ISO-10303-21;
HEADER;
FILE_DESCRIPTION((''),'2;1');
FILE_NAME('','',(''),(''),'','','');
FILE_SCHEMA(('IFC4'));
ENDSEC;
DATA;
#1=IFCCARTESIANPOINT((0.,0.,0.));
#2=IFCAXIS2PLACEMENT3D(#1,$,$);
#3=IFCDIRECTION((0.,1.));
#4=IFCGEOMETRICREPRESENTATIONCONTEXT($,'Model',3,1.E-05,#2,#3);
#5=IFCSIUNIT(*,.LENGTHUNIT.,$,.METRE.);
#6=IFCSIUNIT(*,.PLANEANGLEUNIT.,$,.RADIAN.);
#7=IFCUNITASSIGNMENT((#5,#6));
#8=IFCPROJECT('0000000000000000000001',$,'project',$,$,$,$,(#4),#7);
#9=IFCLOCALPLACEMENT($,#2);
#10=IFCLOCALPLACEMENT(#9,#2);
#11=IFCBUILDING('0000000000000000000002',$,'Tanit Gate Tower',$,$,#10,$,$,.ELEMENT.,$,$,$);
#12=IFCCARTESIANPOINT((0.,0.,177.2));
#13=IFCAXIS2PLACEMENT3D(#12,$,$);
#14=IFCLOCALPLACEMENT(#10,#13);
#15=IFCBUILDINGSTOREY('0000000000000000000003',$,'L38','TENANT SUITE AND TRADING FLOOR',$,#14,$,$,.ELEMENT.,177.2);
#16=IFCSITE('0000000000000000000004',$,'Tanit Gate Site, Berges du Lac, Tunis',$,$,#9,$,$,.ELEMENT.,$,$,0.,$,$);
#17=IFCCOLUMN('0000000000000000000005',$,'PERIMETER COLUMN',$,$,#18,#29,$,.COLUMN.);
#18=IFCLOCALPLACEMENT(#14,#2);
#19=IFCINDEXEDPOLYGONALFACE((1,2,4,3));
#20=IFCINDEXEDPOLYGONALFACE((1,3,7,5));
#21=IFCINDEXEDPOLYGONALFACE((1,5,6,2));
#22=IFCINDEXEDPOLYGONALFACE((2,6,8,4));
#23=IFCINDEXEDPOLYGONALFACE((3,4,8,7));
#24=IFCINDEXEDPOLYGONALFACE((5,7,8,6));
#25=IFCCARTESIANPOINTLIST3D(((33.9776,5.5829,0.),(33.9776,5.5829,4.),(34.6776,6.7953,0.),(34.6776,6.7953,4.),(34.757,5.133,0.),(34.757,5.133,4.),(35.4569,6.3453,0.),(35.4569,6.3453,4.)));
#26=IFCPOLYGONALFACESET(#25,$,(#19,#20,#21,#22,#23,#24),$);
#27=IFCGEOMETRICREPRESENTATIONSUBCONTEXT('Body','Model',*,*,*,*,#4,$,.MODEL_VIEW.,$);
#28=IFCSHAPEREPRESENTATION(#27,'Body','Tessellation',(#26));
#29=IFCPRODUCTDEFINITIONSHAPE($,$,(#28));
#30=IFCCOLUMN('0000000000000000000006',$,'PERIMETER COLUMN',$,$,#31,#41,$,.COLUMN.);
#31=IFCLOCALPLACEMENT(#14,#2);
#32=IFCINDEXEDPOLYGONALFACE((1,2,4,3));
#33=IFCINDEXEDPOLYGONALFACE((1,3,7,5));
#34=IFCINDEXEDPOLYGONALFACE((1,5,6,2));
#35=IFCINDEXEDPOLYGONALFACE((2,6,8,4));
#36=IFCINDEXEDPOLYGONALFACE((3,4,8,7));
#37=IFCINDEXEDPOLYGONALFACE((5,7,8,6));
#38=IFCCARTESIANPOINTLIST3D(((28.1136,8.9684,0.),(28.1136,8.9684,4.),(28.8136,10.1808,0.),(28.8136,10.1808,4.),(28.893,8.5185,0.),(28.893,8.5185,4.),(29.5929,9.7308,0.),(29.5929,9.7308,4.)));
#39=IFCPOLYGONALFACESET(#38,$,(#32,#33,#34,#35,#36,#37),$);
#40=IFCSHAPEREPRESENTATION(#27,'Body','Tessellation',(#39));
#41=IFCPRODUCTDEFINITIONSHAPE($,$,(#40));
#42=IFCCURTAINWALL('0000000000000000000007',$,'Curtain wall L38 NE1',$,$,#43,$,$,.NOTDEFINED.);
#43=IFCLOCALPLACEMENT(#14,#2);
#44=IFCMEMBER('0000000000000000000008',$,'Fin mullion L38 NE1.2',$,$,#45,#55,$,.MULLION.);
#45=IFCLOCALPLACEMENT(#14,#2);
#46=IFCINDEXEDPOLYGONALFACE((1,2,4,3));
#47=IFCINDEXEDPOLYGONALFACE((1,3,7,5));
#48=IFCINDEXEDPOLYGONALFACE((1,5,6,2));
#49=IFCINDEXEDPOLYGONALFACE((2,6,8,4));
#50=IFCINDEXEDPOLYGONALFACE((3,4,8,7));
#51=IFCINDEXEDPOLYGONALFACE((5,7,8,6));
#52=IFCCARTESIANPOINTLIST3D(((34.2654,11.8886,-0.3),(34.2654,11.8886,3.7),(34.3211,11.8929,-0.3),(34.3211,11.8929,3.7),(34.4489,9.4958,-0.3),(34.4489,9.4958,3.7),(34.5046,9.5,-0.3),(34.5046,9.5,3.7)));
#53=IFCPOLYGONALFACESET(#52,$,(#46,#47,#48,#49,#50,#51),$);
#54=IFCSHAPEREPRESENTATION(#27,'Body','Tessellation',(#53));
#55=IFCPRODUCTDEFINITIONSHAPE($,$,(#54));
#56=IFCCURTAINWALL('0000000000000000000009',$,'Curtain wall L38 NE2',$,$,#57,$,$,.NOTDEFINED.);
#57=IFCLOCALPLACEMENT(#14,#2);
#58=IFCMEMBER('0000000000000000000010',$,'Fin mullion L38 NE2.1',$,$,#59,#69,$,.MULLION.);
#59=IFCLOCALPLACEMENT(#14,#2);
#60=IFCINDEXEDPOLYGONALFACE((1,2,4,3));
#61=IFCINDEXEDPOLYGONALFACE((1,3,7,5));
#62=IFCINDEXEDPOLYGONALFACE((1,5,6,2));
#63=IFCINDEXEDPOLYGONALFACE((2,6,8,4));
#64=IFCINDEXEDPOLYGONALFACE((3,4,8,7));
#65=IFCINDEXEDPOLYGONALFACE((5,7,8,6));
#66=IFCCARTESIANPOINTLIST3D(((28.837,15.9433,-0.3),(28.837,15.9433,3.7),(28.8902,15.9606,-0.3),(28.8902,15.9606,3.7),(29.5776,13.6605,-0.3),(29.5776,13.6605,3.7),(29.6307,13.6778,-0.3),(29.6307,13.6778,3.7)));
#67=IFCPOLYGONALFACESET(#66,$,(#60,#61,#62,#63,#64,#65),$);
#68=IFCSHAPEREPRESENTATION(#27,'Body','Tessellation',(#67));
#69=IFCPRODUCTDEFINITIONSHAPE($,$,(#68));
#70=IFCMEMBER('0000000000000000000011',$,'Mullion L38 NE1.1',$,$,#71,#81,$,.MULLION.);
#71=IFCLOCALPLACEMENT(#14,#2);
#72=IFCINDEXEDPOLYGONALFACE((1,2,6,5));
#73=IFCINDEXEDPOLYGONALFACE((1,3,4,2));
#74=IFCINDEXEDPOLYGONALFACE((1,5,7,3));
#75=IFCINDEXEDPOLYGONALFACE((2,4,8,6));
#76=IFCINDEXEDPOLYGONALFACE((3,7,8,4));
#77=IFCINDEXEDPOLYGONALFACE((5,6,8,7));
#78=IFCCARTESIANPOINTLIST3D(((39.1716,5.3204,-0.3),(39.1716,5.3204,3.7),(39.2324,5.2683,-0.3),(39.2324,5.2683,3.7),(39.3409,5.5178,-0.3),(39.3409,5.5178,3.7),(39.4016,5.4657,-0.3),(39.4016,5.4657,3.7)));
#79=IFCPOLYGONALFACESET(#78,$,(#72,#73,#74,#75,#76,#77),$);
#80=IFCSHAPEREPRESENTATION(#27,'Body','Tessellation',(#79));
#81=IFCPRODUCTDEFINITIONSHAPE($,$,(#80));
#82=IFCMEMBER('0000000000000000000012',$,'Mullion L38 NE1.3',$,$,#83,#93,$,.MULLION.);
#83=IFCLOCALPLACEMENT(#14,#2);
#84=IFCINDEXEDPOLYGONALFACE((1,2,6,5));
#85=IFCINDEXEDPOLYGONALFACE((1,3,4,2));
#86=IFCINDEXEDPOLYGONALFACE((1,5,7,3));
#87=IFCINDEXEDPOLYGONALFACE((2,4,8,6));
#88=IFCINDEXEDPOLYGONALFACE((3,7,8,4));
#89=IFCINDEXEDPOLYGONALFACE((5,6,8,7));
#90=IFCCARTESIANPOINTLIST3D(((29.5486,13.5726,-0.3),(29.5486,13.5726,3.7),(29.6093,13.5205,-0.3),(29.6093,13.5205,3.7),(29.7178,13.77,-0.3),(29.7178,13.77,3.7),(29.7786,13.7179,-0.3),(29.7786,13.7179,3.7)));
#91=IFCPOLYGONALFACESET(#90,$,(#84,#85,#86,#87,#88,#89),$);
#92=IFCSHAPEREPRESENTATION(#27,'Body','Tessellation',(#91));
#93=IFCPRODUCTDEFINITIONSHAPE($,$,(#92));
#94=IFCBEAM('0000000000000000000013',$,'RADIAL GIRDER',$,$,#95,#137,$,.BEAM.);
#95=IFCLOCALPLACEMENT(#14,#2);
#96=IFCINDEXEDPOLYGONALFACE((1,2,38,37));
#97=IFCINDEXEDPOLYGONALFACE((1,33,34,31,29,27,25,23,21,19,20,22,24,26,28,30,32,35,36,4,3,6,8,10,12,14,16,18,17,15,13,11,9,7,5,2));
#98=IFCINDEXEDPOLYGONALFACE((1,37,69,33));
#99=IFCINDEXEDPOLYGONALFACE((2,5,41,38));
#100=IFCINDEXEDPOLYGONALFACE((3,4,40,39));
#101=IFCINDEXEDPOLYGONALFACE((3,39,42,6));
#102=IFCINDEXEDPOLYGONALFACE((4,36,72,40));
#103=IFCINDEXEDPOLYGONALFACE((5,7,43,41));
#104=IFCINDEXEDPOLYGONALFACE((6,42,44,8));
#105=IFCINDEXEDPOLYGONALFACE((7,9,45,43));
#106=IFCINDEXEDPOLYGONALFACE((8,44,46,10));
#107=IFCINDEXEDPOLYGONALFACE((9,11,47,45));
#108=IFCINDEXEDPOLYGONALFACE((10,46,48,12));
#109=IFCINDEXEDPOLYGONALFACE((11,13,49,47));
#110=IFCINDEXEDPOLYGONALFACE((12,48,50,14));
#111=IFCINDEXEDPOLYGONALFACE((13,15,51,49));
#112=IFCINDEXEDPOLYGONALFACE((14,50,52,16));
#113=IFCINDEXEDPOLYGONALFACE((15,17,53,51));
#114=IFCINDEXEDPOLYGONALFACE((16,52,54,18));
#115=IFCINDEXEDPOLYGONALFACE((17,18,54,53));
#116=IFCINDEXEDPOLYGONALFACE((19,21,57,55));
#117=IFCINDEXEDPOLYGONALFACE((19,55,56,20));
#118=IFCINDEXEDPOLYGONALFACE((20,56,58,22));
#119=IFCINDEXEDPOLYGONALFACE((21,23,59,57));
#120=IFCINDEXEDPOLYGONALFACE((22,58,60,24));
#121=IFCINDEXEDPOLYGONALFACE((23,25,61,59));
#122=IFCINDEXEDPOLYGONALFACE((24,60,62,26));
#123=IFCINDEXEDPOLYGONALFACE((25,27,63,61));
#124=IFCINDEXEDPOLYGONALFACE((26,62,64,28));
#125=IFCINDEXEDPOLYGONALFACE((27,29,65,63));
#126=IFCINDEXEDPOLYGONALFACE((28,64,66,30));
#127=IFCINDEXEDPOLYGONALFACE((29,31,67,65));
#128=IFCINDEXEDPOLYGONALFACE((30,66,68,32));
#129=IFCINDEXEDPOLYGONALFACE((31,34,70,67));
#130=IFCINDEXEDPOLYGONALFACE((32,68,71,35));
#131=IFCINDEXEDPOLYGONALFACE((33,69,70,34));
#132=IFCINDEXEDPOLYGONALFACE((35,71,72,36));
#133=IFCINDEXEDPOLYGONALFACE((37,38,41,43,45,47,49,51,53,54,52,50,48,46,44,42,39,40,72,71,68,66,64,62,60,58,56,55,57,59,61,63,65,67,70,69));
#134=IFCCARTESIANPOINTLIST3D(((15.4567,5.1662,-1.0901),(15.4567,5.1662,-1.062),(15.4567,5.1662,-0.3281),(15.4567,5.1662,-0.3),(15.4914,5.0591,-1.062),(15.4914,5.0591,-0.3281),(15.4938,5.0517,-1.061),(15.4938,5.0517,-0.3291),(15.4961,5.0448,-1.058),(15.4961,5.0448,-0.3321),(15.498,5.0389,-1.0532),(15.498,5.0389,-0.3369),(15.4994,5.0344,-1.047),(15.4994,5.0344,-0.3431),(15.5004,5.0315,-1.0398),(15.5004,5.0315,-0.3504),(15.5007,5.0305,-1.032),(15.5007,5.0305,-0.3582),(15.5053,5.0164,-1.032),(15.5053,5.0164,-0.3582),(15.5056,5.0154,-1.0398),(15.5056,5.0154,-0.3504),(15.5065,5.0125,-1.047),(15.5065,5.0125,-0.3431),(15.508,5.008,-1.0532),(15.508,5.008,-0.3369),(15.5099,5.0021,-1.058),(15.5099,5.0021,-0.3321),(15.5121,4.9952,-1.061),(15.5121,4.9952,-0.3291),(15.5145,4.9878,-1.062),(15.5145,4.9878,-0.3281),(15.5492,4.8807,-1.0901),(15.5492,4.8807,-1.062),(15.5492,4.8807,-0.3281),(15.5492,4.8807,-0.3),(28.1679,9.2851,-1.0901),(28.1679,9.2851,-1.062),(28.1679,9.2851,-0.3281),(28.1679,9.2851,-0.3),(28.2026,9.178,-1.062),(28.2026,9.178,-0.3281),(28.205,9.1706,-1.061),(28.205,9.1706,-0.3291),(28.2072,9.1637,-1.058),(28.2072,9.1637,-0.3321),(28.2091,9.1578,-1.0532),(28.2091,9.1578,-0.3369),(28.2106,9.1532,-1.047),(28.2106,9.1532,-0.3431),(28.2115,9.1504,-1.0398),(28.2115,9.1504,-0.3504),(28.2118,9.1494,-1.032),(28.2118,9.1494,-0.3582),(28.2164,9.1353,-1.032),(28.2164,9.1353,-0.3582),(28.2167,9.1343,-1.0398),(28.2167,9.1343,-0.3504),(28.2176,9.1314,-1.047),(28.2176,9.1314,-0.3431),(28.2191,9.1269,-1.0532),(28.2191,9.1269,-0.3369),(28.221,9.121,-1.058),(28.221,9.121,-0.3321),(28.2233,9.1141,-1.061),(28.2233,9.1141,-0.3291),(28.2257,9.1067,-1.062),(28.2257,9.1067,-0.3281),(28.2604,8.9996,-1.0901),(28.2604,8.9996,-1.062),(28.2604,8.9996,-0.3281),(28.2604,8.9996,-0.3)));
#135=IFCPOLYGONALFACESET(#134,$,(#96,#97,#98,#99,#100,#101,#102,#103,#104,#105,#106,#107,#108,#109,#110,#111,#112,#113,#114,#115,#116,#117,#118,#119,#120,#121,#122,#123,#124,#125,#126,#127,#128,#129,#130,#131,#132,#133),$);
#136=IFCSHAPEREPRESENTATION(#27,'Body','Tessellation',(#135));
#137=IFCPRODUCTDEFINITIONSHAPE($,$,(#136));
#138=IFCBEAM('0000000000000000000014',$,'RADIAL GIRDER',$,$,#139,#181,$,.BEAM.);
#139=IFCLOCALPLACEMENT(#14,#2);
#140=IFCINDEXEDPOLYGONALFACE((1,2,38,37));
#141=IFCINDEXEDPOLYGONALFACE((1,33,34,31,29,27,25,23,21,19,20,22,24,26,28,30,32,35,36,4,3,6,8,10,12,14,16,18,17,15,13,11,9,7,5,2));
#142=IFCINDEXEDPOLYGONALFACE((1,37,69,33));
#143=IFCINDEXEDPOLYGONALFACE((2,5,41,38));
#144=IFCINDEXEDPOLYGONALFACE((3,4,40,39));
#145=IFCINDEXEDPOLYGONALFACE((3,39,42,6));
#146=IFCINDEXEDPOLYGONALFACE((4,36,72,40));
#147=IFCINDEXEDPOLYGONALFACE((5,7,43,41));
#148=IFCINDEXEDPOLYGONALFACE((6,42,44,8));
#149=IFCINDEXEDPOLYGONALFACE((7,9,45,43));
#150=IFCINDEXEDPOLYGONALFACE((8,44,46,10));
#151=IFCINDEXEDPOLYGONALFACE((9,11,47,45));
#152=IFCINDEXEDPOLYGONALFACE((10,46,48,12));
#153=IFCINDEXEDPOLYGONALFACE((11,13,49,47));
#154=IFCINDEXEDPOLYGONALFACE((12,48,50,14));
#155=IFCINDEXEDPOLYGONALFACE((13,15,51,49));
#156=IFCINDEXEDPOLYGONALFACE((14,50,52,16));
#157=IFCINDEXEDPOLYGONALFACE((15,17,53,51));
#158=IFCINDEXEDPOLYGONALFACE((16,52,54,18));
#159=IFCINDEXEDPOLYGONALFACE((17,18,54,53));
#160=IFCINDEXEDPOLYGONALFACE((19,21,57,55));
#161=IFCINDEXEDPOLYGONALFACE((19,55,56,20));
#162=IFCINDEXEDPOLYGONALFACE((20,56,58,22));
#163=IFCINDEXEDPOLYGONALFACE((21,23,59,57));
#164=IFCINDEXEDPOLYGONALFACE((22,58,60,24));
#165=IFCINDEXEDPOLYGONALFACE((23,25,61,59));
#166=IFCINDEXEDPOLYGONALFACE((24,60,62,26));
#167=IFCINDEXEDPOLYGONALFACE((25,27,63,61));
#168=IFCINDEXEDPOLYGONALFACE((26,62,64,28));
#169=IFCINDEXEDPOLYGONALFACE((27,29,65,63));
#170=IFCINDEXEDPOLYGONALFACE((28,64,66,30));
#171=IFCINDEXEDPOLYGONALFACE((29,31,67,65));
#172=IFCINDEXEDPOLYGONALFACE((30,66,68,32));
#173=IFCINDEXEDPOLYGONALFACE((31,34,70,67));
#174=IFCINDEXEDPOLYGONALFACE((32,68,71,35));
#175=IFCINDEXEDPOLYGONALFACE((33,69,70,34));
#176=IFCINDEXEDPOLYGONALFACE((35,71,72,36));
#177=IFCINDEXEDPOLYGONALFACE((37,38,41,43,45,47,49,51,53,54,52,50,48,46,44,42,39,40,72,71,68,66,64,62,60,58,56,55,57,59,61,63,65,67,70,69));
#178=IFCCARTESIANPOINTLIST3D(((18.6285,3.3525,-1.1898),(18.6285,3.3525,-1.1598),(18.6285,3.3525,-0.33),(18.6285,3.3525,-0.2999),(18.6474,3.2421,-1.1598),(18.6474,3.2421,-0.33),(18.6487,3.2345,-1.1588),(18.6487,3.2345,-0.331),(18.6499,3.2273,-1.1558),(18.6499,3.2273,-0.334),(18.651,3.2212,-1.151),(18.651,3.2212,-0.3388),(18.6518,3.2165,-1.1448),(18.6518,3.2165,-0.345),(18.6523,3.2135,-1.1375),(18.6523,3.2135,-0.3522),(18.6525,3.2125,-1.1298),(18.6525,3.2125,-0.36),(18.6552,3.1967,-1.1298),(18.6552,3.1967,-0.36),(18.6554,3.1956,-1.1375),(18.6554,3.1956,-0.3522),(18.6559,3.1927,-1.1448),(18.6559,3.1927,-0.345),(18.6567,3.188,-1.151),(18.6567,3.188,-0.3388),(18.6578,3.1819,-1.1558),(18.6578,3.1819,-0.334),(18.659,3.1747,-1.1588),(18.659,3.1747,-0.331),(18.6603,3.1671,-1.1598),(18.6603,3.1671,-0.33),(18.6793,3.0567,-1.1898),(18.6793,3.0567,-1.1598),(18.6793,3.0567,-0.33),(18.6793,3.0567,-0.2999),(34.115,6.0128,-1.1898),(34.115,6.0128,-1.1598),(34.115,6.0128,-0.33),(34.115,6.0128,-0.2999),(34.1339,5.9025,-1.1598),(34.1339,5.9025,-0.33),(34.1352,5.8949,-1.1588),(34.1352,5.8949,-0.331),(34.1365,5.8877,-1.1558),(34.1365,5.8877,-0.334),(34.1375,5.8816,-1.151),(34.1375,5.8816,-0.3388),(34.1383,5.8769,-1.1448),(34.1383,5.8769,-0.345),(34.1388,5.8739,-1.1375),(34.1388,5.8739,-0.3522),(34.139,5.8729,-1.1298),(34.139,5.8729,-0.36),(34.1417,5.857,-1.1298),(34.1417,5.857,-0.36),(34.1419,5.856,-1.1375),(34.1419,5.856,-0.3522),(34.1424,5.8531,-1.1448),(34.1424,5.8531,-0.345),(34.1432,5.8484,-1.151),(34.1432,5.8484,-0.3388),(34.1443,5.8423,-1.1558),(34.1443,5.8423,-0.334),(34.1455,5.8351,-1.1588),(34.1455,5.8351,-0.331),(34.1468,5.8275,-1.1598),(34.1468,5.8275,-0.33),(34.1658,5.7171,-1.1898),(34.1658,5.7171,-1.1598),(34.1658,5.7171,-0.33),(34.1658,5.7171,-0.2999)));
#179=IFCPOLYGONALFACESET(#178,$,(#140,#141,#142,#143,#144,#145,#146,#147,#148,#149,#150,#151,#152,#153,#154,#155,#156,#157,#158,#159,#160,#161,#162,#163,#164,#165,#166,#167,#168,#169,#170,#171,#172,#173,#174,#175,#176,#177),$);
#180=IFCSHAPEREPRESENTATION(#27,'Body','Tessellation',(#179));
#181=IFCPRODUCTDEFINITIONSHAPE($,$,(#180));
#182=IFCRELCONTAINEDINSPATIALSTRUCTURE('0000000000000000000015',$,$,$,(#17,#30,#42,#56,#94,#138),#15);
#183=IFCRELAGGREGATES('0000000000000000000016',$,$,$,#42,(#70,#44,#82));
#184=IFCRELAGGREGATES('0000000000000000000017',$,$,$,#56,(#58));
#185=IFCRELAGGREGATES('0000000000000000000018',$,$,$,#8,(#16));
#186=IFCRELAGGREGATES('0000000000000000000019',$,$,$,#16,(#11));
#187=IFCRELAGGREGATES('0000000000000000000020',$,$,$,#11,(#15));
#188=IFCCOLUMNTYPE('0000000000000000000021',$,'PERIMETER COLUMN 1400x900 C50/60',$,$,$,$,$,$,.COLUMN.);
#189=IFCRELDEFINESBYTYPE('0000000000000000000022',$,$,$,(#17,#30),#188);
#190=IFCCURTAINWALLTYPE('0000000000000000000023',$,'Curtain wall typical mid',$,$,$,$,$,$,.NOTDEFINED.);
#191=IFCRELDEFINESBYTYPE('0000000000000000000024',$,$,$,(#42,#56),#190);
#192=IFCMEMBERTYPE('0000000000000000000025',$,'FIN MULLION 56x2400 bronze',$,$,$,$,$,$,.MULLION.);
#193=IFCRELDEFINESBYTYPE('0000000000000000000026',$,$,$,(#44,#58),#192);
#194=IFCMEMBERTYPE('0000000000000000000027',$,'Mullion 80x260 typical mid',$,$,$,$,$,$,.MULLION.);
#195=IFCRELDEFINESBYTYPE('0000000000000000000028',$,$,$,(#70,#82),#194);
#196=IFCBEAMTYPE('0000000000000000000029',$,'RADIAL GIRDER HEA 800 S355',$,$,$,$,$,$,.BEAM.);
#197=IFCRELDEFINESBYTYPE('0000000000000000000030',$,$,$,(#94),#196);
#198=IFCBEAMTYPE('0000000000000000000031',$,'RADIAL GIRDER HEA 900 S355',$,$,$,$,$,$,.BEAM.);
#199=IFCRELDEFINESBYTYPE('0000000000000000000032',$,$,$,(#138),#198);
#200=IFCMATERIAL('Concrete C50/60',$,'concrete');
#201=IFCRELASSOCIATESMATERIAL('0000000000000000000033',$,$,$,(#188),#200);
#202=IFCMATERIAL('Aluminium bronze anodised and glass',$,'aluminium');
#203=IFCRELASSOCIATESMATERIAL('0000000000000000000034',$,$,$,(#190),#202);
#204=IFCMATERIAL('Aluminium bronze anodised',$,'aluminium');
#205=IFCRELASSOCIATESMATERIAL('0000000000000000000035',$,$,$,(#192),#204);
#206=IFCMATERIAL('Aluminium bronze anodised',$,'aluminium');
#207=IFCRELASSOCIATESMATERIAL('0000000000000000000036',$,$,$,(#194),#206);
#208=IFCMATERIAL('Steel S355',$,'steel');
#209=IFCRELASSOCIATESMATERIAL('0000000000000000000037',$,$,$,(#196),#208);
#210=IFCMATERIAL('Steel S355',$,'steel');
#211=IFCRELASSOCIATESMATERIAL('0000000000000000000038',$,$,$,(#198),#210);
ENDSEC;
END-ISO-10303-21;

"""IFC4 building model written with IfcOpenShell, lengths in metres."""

from ifc_helpers import new_model, si_unit, direction, frame, origin, origin_2d, place, context, subcontext, project, spatial, rectangle, i_section, extrude, material, material_profile, profile_set, type_object, element, aggregate, save


model = new_model("IFC4")

# Units and contexts
model_context = context("Model", 3, precision=1e-05, world=origin(), true_north=direction((0.0, 1.0)))
body_context = subcontext(model_context, "Body", "Model", "MODEL_VIEW")
ifc_project = project(units=[si_unit("LENGTHUNIT", "METRE"), si_unit("PLANEANGLEUNIT", "RADIAN")], contexts=[model_context])

# Site, building, storey
site_placement = place(None, origin())
site = spatial("IfcSite", under=ifc_project, at=site_placement, Name="Tanit Gate Site, Berges du Lac, Tunis", CompositionType="ELEMENT", RefElevation=0.0)
building_placement = place(site_placement, origin())
building = spatial("IfcBuilding", under=site, at=building_placement, Name="Tanit Gate Tower", CompositionType="ELEMENT")
storey_placement = place(building_placement, frame((0.0, 0.0, 177.2)))
storey = spatial("IfcBuildingStorey", under=building, at=storey_placement, Name="L38", Description="TENANT SUITE AND TRADING FLOOR", CompositionType="ELEMENT", Elevation=177.2)

# Columns
ifc_material_1 = material(Name="Concrete C50/60", Category="concrete")
ifc_material_profile_1 = material_profile(ifc_material_1, rectangle(XDim=1.3999, YDim=0.8999, at=origin_2d()), Name="RC 1400x900")
ifc_profile_set_1 = profile_set([ifc_material_profile_1], Name="Concrete C50/60")
column_type = type_object("IfcColumnType", Name="PERIMETER COLUMN 1400x900 C50/60", PredefinedType="COLUMN", material=ifc_profile_set_1)
for number, where, z_axis, x_axis, name in (
    (1, (34.7173, 5.9641, 0.0), (0.0, 0.0, 1.0), (0.5, 0.866025, 0.0), "PERIMETER COLUMN"),
    (2, (28.8533, 9.3496, 0.0), (0.0, 0.0, 1.0), (0.5, 0.866025, 0.0), "PERIMETER COLUMN"),
):
    element("IfcColumn", number, at=place(storey_placement, frame(where, z_axis=z_axis, x_axis=x_axis)), inside=storey, type_object=column_type, Name=name, PredefinedType="COLUMN", context=body_context, shape_type="SweptSolid", body=[
        extrude(rectangle(XDim=1.3999, YDim=0.8999, at=origin_2d()), origin(), (0.0, 0.0, 1.0), 4.0),
    ])

# Curtain walls, members
ifc_material_2 = material(Name="Aluminium bronze anodised and glass", Category="aluminium")
curtain_wall_type = type_object("IfcCurtainWallType", Name="Curtain wall typical mid", PredefinedType="NOTDEFINED", material=ifc_material_2)
curtain_wall_1_placement = place(storey_placement, origin())
curtain_wall_1 = element("IfcCurtainWall", 3, at=curtain_wall_1_placement, inside=storey, type_object=curtain_wall_type, Name="Curtain wall L38 NE1", PredefinedType="NOTDEFINED")
ifc_material_3 = material(Name="Aluminium bronze anodised", Category="aluminium")
ifc_material_profile_2 = material_profile(ifc_material_3, rectangle(XDim=2.3999, YDim=0.0559, at=origin_2d()), Name="56x2400 bronze fin mullion")
ifc_profile_set_2 = profile_set([ifc_material_profile_2], Name="Aluminium bronze anodised")
member_type_1 = type_object("IfcMemberType", Name="FIN MULLION 56x2400 bronze", PredefinedType="MULLION", material=ifc_profile_set_2)
member_1_placement = place(storey_placement, frame((34.385, 10.6943, -0.3), z_axis=(0.0, 0.0, 1.0), x_axis=(0.076471, -0.997072, 0.0)))
member_1 = element("IfcMember", 4, at=member_1_placement, type_object=member_type_1, Name="Fin mullion L38 NE1.2", PredefinedType="MULLION", context=body_context, shape_type="SweptSolid", body=[
    extrude(rectangle(XDim=2.3999, YDim=0.0559, at=origin_2d()), origin(), (0.0, 0.0, 1.0), 4.0),
])
curtain_wall_2_placement = place(storey_placement, origin())
curtain_wall_2 = element("IfcCurtainWall", 5, at=curtain_wall_2_placement, inside=storey, type_object=curtain_wall_type, Name="Curtain wall L38 NE2", PredefinedType="NOTDEFINED")
member_2_placement = place(storey_placement, frame((29.2339, 14.8105, -0.3), z_axis=(0.0, 0.0, 1.0), x_axis=(0.308568, -0.951202, 0.0)))
member_2 = element("IfcMember", 6, at=member_2_placement, type_object=member_type_1, Name="Fin mullion L38 NE2.1", PredefinedType="MULLION", context=body_context, shape_type="SweptSolid", body=[
    extrude(rectangle(XDim=2.3999, YDim=0.0559, at=origin_2d()), origin(), (0.0, 0.0, 1.0), 4.0),
])

# Members
ifc_material_4 = material(Name="Aluminium bronze anodised", Category="aluminium")
ifc_material_profile_3 = material_profile(ifc_material_4, rectangle(XDim=0.26, YDim=0.0801, at=origin_2d()), Name="80x260 bronze mullion")
ifc_profile_set_3 = profile_set([ifc_material_profile_3], Name="Aluminium bronze anodised")
member_type_2 = type_object("IfcMemberType", Name="Mullion 80x260 typical mid", PredefinedType="MULLION", material=ifc_profile_set_3)
member_3_placement = place(storey_placement, frame((39.2866, 5.3931, -0.3), z_axis=(0.0, 0.0, 1.0), x_axis=(-0.650963, -0.759109, 0.0)))
member_3 = element("IfcMember", 7, at=member_3_placement, type_object=member_type_2, Name="Mullion L38 NE1.1", PredefinedType="MULLION", context=body_context, shape_type="SweptSolid", body=[
    extrude(rectangle(XDim=0.26, YDim=0.0801, at=origin_2d()), origin(), (0.0, 0.0, 1.0), 4.0),
])
member_4_placement = place(storey_placement, frame((29.6636, 13.6453, -0.3), z_axis=(0.0, 0.0, 1.0), x_axis=(-0.650963, -0.759109, 0.0)))
member_4 = element("IfcMember", 8, at=member_4_placement, type_object=member_type_2, Name="Mullion L38 NE1.3", PredefinedType="MULLION", context=body_context, shape_type="SweptSolid", body=[
    extrude(rectangle(XDim=0.26, YDim=0.0801, at=origin_2d()), origin(), (0.0, 0.0, 1.0), 4.0),
])

# Beams
ifc_material_5 = material(Name="Steel S355", Category="steel")
ifc_material_profile_4 = material_profile(ifc_material_5, i_section(OverallWidth=0.3, OverallDepth=0.79, WebThickness=0.0149, FlangeThickness=0.0281, FilletRadius=0.03, at=origin_2d()), Name="HEA 800")
ifc_profile_set_4 = profile_set([ifc_material_profile_4], Name="Steel S355")
beam_type_1 = type_object("IfcBeamType", Name="RADIAL GIRDER HEA 800 S355", PredefinedType="BEAM", material=ifc_profile_set_4)
beam_1_placement = place(storey_placement, frame((28.2141, 9.1423, -0.6951), z_axis=(-0.951303, -0.308258, 0.0), x_axis=(0.308258, -0.951303, 0.0)))
element("IfcBeam", 9, at=beam_1_placement, inside=storey, type_object=beam_type_1, Name="RADIAL GIRDER", PredefinedType="BEAM", context=body_context, shape_type="SweptSolid", body=[
    extrude(i_section(OverallWidth=0.3, OverallDepth=0.79, WebThickness=0.0149, FlangeThickness=0.0281, FilletRadius=0.03, at=origin_2d()), origin(), (0.0, 0.0, 1.0), 13.3618),
])
ifc_material_6 = material(Name="Steel S355", Category="steel")
ifc_material_profile_5 = material_profile(ifc_material_6, i_section(OverallWidth=0.3, OverallDepth=0.8899, WebThickness=0.0161, FlangeThickness=0.03, FilletRadius=0.03, at=origin_2d()), Name="HEA 900")
ifc_profile_set_5 = profile_set([ifc_material_profile_5], Name="Steel S355")
beam_type_2 = type_object("IfcBeamType", Name="RADIAL GIRDER HEA 900 S355", PredefinedType="BEAM", material=ifc_profile_set_5)
beam_2_placement = place(storey_placement, frame((34.1404, 5.865, -0.7449), z_axis=(-0.985563, -0.169308, 0.0), x_axis=(0.169308, -0.985563, 0.0)))
element("IfcBeam", 10, at=beam_2_placement, inside=storey, type_object=beam_type_2, Name="RADIAL GIRDER", PredefinedType="BEAM", context=body_context, shape_type="SweptSolid", body=[
    extrude(i_section(OverallWidth=0.3, OverallDepth=0.8899, WebThickness=0.0161, FlangeThickness=0.03, FilletRadius=0.03, at=origin_2d()), origin(), (0.0, 0.0, 1.0), 15.7134),
])

aggregate(curtain_wall_1, [member_3, member_1, member_4])
aggregate(curtain_wall_2, [member_2])

save(model, "model.ifc")
